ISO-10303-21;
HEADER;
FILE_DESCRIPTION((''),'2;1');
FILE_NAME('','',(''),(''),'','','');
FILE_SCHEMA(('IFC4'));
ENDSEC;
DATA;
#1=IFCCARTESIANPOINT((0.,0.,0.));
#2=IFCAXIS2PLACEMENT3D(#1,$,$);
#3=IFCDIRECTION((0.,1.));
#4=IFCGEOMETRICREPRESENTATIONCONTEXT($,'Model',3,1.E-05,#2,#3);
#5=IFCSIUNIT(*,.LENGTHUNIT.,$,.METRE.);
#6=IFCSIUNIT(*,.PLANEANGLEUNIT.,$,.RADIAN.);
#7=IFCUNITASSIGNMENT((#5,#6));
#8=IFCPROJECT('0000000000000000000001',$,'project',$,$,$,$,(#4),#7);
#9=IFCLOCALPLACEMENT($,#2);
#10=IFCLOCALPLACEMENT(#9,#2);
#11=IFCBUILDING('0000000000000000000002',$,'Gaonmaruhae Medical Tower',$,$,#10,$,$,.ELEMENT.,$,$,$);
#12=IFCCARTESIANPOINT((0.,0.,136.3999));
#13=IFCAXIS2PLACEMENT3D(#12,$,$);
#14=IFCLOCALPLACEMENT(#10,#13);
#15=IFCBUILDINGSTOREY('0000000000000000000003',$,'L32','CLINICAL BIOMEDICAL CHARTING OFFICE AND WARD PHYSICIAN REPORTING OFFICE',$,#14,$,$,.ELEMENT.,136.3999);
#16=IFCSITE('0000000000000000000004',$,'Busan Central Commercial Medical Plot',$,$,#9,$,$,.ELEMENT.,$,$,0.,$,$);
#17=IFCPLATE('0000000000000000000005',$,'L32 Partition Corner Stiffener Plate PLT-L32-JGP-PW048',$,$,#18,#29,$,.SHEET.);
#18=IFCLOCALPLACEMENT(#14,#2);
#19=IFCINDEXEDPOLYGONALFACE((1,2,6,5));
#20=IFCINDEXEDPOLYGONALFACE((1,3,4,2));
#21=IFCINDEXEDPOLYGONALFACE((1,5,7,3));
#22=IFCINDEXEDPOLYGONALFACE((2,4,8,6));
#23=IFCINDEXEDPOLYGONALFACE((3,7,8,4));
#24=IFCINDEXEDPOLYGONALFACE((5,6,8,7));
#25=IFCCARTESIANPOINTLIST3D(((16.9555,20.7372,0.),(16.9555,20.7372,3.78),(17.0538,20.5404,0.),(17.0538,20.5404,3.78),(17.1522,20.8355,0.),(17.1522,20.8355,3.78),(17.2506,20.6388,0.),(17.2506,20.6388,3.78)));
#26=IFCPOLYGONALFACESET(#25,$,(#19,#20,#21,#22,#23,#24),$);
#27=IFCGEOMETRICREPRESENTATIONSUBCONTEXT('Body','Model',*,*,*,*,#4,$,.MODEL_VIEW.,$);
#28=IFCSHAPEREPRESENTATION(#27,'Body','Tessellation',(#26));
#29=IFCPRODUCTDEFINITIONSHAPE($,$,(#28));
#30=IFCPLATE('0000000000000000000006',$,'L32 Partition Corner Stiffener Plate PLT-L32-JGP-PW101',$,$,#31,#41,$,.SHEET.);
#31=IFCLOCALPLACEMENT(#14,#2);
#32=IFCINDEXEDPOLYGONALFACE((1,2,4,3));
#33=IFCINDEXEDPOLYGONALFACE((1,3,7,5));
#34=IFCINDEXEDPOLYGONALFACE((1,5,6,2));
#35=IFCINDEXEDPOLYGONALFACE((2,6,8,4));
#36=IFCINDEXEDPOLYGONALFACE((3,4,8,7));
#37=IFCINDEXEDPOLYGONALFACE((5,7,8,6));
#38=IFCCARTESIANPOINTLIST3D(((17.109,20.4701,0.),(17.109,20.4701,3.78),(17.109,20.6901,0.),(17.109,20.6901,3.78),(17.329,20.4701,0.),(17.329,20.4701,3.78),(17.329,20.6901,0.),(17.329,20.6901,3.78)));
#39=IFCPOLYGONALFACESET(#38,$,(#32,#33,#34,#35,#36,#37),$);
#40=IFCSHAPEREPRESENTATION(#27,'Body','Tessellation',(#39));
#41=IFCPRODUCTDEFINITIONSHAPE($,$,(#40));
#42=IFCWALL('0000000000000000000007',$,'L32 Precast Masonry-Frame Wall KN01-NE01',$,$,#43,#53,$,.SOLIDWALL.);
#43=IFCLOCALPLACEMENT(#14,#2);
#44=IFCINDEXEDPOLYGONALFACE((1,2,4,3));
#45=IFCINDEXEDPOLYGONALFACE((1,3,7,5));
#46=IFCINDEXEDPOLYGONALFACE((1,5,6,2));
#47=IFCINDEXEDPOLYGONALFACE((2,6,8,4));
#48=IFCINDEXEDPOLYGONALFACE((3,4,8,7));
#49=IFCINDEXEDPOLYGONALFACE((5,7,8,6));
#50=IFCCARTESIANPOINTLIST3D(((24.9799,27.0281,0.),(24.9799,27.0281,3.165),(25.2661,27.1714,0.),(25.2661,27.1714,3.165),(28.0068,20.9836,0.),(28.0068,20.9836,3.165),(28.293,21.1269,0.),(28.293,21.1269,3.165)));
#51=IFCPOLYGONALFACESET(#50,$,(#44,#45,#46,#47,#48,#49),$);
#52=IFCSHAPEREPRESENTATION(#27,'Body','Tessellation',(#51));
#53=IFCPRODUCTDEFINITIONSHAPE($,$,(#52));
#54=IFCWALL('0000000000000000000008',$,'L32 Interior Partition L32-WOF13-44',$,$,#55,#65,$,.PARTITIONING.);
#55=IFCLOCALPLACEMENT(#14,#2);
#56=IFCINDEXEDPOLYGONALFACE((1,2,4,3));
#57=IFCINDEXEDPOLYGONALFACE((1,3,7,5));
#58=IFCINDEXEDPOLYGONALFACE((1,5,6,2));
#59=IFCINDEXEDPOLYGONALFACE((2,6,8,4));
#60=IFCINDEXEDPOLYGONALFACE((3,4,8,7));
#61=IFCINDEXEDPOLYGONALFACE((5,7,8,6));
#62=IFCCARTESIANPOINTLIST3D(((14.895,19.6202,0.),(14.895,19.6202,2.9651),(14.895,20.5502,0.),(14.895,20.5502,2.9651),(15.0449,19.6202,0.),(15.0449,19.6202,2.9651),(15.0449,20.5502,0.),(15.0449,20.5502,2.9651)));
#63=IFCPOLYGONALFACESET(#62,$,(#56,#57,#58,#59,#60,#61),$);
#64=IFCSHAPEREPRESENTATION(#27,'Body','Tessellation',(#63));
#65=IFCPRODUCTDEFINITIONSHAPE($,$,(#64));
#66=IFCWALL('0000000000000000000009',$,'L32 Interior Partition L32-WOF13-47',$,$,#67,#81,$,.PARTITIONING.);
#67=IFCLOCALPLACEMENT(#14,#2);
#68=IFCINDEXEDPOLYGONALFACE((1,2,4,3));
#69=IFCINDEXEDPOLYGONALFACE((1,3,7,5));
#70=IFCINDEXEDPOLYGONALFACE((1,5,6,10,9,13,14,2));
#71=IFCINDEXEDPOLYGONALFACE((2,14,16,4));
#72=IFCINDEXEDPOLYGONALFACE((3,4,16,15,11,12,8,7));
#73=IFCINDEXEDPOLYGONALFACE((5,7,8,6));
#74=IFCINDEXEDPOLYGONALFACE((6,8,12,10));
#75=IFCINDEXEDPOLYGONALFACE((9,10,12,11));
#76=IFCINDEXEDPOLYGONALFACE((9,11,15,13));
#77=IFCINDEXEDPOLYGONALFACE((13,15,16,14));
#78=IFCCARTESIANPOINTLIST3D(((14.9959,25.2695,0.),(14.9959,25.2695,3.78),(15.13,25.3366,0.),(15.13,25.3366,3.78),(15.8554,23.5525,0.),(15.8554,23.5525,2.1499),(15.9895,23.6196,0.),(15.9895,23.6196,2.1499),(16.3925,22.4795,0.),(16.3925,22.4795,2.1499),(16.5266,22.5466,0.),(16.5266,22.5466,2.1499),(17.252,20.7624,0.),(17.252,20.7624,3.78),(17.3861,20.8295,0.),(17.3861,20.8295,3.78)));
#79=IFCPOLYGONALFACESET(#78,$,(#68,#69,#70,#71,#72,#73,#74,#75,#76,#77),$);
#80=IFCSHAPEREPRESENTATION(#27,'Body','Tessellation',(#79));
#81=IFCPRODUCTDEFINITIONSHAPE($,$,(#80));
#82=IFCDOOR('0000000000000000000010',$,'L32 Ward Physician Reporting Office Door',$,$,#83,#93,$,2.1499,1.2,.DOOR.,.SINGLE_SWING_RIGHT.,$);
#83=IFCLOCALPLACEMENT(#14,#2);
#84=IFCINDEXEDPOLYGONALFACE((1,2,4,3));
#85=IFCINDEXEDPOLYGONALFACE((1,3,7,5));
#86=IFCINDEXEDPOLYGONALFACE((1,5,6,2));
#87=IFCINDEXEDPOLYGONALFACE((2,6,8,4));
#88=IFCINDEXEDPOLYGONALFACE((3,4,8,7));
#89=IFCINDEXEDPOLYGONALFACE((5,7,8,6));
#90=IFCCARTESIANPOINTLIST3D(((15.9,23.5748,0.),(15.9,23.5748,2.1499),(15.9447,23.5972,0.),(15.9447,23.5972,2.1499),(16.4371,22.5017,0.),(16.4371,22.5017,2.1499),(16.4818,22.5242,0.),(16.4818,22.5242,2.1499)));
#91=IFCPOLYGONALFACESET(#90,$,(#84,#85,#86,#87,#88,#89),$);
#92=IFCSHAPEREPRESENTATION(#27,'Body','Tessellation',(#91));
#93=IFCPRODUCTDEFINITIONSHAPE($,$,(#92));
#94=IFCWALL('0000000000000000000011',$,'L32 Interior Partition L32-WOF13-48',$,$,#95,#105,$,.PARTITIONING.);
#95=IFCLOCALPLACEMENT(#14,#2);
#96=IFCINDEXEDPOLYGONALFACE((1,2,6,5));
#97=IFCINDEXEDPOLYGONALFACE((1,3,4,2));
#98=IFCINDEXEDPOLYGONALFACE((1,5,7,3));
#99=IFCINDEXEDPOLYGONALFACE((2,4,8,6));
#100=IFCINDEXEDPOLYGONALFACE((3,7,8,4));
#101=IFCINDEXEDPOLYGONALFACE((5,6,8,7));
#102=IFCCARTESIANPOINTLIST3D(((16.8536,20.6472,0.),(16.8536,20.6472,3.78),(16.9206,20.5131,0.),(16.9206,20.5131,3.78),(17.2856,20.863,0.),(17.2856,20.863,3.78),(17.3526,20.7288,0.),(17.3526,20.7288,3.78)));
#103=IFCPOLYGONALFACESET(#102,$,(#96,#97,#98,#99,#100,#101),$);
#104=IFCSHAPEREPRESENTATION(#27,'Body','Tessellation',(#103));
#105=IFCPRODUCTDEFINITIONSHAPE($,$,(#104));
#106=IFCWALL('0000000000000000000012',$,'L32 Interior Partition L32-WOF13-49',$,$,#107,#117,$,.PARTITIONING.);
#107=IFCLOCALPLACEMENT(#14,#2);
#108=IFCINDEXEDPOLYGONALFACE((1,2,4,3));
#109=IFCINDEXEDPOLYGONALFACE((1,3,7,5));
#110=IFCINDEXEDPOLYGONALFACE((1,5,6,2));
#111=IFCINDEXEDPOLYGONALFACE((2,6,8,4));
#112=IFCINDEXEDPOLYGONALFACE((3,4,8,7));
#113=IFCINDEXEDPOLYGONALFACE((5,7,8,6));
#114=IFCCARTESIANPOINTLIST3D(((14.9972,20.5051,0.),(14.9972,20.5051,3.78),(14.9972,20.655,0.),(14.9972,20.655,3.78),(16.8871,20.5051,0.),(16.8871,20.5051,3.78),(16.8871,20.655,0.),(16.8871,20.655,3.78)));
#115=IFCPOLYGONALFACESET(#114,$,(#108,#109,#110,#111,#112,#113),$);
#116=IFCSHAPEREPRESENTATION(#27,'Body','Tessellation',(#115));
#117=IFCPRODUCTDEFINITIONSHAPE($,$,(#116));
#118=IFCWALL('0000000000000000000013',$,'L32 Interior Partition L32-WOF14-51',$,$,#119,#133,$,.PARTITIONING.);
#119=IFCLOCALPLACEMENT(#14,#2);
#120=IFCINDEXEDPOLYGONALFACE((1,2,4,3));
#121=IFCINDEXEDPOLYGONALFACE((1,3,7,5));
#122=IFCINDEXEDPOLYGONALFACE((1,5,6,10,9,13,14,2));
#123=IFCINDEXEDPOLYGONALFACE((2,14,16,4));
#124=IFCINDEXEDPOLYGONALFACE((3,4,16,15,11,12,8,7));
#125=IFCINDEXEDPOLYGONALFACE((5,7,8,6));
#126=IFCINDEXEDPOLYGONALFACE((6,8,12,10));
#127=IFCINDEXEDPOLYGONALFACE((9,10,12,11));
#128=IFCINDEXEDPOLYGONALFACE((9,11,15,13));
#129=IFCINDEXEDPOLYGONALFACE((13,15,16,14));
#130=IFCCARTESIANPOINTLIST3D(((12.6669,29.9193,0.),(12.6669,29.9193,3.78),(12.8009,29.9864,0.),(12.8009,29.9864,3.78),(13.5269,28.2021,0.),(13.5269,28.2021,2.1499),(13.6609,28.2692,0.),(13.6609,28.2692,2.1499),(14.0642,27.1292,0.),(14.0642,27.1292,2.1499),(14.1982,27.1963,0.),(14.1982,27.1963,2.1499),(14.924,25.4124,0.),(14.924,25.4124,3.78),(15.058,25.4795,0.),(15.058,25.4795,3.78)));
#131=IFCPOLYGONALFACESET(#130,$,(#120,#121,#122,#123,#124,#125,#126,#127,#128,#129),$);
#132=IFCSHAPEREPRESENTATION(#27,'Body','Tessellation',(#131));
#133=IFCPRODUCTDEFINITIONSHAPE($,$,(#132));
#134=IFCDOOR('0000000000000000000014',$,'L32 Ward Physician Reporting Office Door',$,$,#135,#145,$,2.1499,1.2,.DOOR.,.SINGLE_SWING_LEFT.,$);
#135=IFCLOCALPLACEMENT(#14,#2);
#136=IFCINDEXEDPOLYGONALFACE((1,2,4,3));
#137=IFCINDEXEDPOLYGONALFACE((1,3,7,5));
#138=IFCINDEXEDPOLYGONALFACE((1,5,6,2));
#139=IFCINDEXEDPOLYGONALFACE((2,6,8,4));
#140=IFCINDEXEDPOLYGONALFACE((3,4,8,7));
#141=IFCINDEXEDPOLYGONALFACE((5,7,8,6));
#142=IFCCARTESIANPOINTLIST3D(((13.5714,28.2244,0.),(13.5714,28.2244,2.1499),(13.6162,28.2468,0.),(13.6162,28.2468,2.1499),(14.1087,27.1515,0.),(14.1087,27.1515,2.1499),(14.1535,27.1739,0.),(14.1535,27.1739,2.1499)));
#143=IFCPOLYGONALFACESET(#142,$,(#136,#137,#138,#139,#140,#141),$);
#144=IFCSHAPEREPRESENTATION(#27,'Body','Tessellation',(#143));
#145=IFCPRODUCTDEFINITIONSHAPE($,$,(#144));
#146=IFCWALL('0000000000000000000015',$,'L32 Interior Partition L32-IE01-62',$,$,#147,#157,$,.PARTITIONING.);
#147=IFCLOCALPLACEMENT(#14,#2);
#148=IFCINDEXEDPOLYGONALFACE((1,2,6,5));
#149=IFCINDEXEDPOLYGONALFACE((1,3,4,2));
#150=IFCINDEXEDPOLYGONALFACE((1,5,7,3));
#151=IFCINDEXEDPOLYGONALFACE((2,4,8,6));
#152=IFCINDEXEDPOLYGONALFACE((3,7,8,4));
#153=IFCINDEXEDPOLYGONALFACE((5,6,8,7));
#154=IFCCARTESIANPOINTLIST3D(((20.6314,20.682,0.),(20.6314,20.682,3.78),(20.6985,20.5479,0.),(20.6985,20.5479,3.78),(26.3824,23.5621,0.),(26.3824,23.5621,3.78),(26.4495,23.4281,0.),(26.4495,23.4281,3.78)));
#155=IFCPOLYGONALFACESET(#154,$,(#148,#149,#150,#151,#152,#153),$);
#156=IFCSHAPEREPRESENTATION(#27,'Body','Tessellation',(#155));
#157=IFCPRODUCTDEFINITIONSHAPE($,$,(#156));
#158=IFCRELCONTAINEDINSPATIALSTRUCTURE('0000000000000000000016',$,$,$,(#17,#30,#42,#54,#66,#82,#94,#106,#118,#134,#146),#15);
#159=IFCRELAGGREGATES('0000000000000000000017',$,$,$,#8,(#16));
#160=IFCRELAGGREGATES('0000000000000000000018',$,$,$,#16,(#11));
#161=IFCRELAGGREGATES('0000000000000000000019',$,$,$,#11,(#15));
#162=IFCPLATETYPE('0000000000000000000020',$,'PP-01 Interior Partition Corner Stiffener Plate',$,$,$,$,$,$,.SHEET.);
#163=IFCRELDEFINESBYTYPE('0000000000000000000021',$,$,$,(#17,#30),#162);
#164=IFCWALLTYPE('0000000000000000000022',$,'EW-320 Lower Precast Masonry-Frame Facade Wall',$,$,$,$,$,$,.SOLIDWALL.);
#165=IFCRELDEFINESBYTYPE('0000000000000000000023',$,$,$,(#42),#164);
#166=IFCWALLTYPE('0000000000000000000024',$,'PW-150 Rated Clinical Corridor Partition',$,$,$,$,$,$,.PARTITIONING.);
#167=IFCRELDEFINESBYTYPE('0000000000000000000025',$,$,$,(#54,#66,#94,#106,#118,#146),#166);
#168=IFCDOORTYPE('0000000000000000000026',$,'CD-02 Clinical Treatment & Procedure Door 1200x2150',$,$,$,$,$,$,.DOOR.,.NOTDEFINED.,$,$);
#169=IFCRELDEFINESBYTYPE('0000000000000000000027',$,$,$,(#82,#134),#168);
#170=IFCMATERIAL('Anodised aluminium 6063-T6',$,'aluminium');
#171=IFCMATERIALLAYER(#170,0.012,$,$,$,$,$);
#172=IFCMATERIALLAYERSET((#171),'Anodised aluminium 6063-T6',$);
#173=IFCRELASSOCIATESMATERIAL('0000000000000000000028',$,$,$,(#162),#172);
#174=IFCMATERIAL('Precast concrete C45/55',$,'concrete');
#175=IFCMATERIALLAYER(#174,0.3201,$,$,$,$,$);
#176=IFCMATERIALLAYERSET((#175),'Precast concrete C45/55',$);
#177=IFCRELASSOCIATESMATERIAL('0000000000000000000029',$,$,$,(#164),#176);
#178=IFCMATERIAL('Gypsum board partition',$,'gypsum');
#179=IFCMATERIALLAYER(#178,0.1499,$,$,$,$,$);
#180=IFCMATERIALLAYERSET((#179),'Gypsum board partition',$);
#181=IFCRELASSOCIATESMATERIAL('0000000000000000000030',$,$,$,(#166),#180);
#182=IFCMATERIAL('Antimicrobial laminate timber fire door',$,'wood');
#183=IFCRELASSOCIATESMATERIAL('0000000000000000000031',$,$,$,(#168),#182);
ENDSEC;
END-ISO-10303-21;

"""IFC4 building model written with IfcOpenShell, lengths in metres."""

from ifc_helpers import new_model, si_unit, direction, frame, frame_2d, origin, origin_2d, place, context, subcontext, project, spatial, rectangle, extrude, material, layer, layer_set, type_object, element, fill, save


model = new_model("IFC4")

# Units and contexts
model_context = context("Model", 3, precision=1e-05, world=origin(), true_north=direction((0.0, 1.0)))
body_context = subcontext(model_context, "Body", "Model", "MODEL_VIEW")
ifc_project = project(units=[si_unit("LENGTHUNIT", "METRE"), si_unit("PLANEANGLEUNIT", "RADIAN")], contexts=[model_context])

# Site, building, storey
site_placement = place(None, origin())
site = spatial("IfcSite", under=ifc_project, at=site_placement, Name="Busan Central Commercial Medical Plot", CompositionType="ELEMENT", RefElevation=0.0)
building_placement = place(site_placement, origin())
building = spatial("IfcBuilding", under=site, at=building_placement, Name="Gaonmaruhae Medical Tower", CompositionType="ELEMENT")
storey_placement = place(building_placement, frame((0.0, 0.0, 136.3999)))
storey = spatial("IfcBuildingStorey", under=building, at=storey_placement, Name="L32", Description="CLINICAL BIOMEDICAL CHARTING OFFICE AND WARD PHYSICIAN REPORTING OFFICE", CompositionType="ELEMENT", Elevation=136.3999)

# Plates
ifc_material_1 = material(Name="Anodised aluminium 6063-T6", Category="aluminium")
ifc_layer_1 = layer(ifc_material_1, 0.012)
ifc_layer_set_1 = layer_set([ifc_layer_1], Name="Anodised aluminium 6063-T6")
plate_type = type_object("IfcPlateType", Name="PP-01 Interior Partition Corner Stiffener Plate", PredefinedType="SHEET", material=ifc_layer_set_1)
for number, where, z_axis, x_axis, name in (
    (1, (17.103, 20.688, 0.0), (0.0, 0.0, 1.0), (-0.894428, -0.447213, 0.0), "L32 Partition Corner Stiffener Plate PLT-L32-JGP-PW048"),
    (2, (17.219, 20.5801, 0.0), (0.0, 0.0, 1.0), (-1.0, 0.0, 0.0), "L32 Partition Corner Stiffener Plate PLT-L32-JGP-PW101"),
):
    element("IfcPlate", number, at=place(storey_placement, frame(where, z_axis=z_axis, x_axis=x_axis)), inside=storey, type_object=plate_type, Name=name, PredefinedType="SHEET", context=body_context, shape_type="SweptSolid", body=[
        extrude(rectangle(XDim=0.22, YDim=0.22, at=origin_2d()), origin(), (0.0, 0.0, 1.0), 3.78),
    ])

# Walls
ifc_material_2 = material(Name="Precast concrete C45/55", Category="concrete")
ifc_layer_2 = layer(ifc_material_2, 0.3201)
ifc_layer_set_2 = layer_set([ifc_layer_2], Name="Precast concrete C45/55")
wall_type_1 = type_object("IfcWallType", Name="EW-320 Lower Precast Masonry-Frame Facade Wall", PredefinedType="SOLIDWALL", material=ifc_layer_set_2)
wall_1_placement = place(storey_placement, frame((25.123, 27.0996, 0.0), z_axis=(0.0, 0.0, 1.0), x_axis=(0.447762, -0.894153, 0.0)))
element("IfcWall", 3, at=wall_1_placement, inside=storey, type_object=wall_type_1, Name="L32 Precast Masonry-Frame Wall KN01-NE01", PredefinedType="SOLIDWALL", context=body_context, shape_type="SweptSolid", body=[
    extrude(rectangle(XDim=6.76, YDim=0.3201, at=frame_2d((3.3799, 0.0))), origin(), (0.0, 0.0, 1.0), 3.165),
])
ifc_material_3 = material(Name="Gypsum board partition", Category="gypsum")
ifc_layer_3 = layer(ifc_material_3, 0.1499)
ifc_layer_set_3 = layer_set([ifc_layer_3], Name="Gypsum board partition")
wall_type_2 = type_object("IfcWallType", Name="PW-150 Rated Clinical Corridor Partition", PredefinedType="PARTITIONING", material=ifc_layer_set_3)
wall_2_placement = place(storey_placement, frame((14.97, 20.55, 0.0), z_axis=(0.0, 0.0, 1.0), x_axis=(0.0, -1.0, 0.0)))
element("IfcWall", 4, at=wall_2_placement, inside=storey, type_object=wall_type_2, Name="L32 Interior Partition L32-WOF13-44", PredefinedType="PARTITIONING", context=body_context, shape_type="SweptSolid", body=[
    extrude(rectangle(XDim=0.9299, YDim=0.1499, at=frame_2d((0.4648, 0.0))), origin(), (0.0, 0.0, 1.0), 2.9651),
])

# Wall, opening, door
wall_3_placement = place(storey_placement, frame((15.063, 25.303, 0.0), z_axis=(0.0, 0.0, 1.0), x_axis=(0.44762, -0.894224, 0.0)))
wall_3 = element("IfcWall", 5, at=wall_3_placement, inside=storey, type_object=wall_type_2, Name="L32 Interior Partition L32-WOF13-47", PredefinedType="PARTITIONING", context=body_context, shape_type="SweptSolid", body=[
    extrude(rectangle(XDim=5.0403, YDim=0.1499, at=frame_2d((2.52, 0.0))), origin(), (0.0, 0.0, 1.0), 3.78),
])
opening_1_placement = place(wall_3_placement, frame((1.9199, 0.0, 0.0)))
opening_1 = element("IfcOpeningElement", 6, at=opening_1_placement, cuts=wall_3, PredefinedType="OPENING", context=body_context, shape_type="SweptSolid", body=[
    extrude(rectangle(XDim=1.2, YDim=2.1499, at=frame_2d((0.6001, 1.075))), frame((0.0, 0.085, 0.0), z_axis=(0.0, -1.0, 0.0), x_axis=(1.0, 0.0, 0.0)), (0.0, 0.0, 1.0), 0.1699),
])
ifc_material_4 = material(Name="Antimicrobial laminate timber fire door", Category="wood")
door_type_1 = type_object("IfcDoorType", Name="CD-02 Clinical Treatment & Procedure Door 1200x2150", OperationType="NOTDEFINED", PredefinedType="DOOR", material=ifc_material_4)
door_1_placement = place(opening_1_placement, origin())
door_1 = element("IfcDoor", 7, at=door_1_placement, inside=storey, type_object=door_type_1, Name="L32 Ward Physician Reporting Office Door", OperationType="SINGLE_SWING_RIGHT", OverallHeight=2.1499, OverallWidth=1.2, PredefinedType="DOOR", context=body_context, shape_type="SweptSolid", body=[
    extrude(rectangle(XDim=1.2, YDim=2.1499, at=frame_2d((0.6001, 1.075))), frame((0.0, 0.0249, 0.0), z_axis=(0.0, -1.0, 0.0), x_axis=(1.0, 0.0, 0.0)), (0.0, 0.0, 1.0), 0.05),
])
fill(opening_1, door_1)

# Walls
wall_4_placement = place(storey_placement, frame((17.3191, 20.7959, 0.0), z_axis=(0.0, 0.0, 1.0), x_axis=(-0.894629, -0.446809, 0.0)))
element("IfcWall", 8, at=wall_4_placement, inside=storey, type_object=wall_type_2, Name="L32 Interior Partition L32-WOF13-48", PredefinedType="PARTITIONING", context=body_context, shape_type="SweptSolid", body=[
    extrude(rectangle(XDim=0.4829, YDim=0.1499, at=frame_2d((0.2415, 0.0))), origin(), (0.0, 0.0, 1.0), 3.78),
])
wall_5_placement = place(storey_placement, frame((16.887, 20.5801, 0.0), z_axis=(0.0, 0.0, 1.0), x_axis=(-1.0, 0.0, 0.0)))
element("IfcWall", 9, at=wall_5_placement, inside=storey, type_object=wall_type_2, Name="L32 Interior Partition L32-WOF13-49", PredefinedType="PARTITIONING", context=body_context, shape_type="SweptSolid", body=[
    extrude(rectangle(XDim=1.8899, YDim=0.1499, at=frame_2d((0.9448, 0.0))), origin(), (0.0, 0.0, 1.0), 3.78),
])

# Wall, opening, door
wall_6_placement = place(storey_placement, frame((12.7339, 29.9529, 0.0), z_axis=(0.0, 0.0, 1.0), x_axis=(0.447795, -0.894136, 0.0)))
wall_6 = element("IfcWall", 10, at=wall_6_placement, inside=storey, type_object=wall_type_2, Name="L32 Interior Partition L32-WOF14-51", PredefinedType="PARTITIONING", context=body_context, shape_type="SweptSolid", body=[
    extrude(rectangle(XDim=5.0405, YDim=0.1499, at=frame_2d((2.5203, 0.0))), origin(), (0.0, 0.0, 1.0), 3.78),
])
opening_2_placement = place(wall_6_placement, frame((1.9204, 0.0, 0.0)))
opening_2 = element("IfcOpeningElement", 11, at=opening_2_placement, cuts=wall_6, PredefinedType="OPENING", context=body_context, shape_type="SweptSolid", body=[
    extrude(rectangle(XDim=1.2, YDim=2.1499, at=frame_2d((0.6001, 1.075))), frame((0.0, 0.085, 0.0), z_axis=(0.0, -1.0, 0.0), x_axis=(1.0, 0.0, 0.0)), (0.0, 0.0, 1.0), 0.1699),
])
door_2_placement = place(opening_2_placement, origin())
door_2 = element("IfcDoor", 12, at=door_2_placement, inside=storey, type_object=door_type_1, Name="L32 Ward Physician Reporting Office Door", OperationType="SINGLE_SWING_LEFT", OverallHeight=2.1499, OverallWidth=1.2, PredefinedType="DOOR", context=body_context, shape_type="SweptSolid", body=[
    extrude(rectangle(XDim=1.2, YDim=2.1499, at=frame_2d((0.6001, 1.075))), frame((0.0, 0.0249, 0.0), z_axis=(0.0, -1.0, 0.0), x_axis=(1.0, 0.0, 0.0)), (0.0, 0.0, 1.0), 0.05),
])
fill(opening_2, door_2)

# Wall
wall_7_placement = place(storey_placement, frame((20.665, 20.615, 0.0), z_axis=(0.0, 0.0, 1.0), x_axis=(0.894139, 0.44779, 0.0)))
element("IfcWall", 13, at=wall_7_placement, inside=storey, type_object=wall_type_2, Name="L32 Interior Partition L32-IE01-62", PredefinedType="PARTITIONING", context=body_context, shape_type="SweptSolid", body=[
    extrude(rectangle(XDim=6.4319, YDim=0.1499, at=frame_2d((3.2158, 0.0))), origin(), (0.0, 0.0, 1.0), 3.78),
])

save(model, "model.ifc")
